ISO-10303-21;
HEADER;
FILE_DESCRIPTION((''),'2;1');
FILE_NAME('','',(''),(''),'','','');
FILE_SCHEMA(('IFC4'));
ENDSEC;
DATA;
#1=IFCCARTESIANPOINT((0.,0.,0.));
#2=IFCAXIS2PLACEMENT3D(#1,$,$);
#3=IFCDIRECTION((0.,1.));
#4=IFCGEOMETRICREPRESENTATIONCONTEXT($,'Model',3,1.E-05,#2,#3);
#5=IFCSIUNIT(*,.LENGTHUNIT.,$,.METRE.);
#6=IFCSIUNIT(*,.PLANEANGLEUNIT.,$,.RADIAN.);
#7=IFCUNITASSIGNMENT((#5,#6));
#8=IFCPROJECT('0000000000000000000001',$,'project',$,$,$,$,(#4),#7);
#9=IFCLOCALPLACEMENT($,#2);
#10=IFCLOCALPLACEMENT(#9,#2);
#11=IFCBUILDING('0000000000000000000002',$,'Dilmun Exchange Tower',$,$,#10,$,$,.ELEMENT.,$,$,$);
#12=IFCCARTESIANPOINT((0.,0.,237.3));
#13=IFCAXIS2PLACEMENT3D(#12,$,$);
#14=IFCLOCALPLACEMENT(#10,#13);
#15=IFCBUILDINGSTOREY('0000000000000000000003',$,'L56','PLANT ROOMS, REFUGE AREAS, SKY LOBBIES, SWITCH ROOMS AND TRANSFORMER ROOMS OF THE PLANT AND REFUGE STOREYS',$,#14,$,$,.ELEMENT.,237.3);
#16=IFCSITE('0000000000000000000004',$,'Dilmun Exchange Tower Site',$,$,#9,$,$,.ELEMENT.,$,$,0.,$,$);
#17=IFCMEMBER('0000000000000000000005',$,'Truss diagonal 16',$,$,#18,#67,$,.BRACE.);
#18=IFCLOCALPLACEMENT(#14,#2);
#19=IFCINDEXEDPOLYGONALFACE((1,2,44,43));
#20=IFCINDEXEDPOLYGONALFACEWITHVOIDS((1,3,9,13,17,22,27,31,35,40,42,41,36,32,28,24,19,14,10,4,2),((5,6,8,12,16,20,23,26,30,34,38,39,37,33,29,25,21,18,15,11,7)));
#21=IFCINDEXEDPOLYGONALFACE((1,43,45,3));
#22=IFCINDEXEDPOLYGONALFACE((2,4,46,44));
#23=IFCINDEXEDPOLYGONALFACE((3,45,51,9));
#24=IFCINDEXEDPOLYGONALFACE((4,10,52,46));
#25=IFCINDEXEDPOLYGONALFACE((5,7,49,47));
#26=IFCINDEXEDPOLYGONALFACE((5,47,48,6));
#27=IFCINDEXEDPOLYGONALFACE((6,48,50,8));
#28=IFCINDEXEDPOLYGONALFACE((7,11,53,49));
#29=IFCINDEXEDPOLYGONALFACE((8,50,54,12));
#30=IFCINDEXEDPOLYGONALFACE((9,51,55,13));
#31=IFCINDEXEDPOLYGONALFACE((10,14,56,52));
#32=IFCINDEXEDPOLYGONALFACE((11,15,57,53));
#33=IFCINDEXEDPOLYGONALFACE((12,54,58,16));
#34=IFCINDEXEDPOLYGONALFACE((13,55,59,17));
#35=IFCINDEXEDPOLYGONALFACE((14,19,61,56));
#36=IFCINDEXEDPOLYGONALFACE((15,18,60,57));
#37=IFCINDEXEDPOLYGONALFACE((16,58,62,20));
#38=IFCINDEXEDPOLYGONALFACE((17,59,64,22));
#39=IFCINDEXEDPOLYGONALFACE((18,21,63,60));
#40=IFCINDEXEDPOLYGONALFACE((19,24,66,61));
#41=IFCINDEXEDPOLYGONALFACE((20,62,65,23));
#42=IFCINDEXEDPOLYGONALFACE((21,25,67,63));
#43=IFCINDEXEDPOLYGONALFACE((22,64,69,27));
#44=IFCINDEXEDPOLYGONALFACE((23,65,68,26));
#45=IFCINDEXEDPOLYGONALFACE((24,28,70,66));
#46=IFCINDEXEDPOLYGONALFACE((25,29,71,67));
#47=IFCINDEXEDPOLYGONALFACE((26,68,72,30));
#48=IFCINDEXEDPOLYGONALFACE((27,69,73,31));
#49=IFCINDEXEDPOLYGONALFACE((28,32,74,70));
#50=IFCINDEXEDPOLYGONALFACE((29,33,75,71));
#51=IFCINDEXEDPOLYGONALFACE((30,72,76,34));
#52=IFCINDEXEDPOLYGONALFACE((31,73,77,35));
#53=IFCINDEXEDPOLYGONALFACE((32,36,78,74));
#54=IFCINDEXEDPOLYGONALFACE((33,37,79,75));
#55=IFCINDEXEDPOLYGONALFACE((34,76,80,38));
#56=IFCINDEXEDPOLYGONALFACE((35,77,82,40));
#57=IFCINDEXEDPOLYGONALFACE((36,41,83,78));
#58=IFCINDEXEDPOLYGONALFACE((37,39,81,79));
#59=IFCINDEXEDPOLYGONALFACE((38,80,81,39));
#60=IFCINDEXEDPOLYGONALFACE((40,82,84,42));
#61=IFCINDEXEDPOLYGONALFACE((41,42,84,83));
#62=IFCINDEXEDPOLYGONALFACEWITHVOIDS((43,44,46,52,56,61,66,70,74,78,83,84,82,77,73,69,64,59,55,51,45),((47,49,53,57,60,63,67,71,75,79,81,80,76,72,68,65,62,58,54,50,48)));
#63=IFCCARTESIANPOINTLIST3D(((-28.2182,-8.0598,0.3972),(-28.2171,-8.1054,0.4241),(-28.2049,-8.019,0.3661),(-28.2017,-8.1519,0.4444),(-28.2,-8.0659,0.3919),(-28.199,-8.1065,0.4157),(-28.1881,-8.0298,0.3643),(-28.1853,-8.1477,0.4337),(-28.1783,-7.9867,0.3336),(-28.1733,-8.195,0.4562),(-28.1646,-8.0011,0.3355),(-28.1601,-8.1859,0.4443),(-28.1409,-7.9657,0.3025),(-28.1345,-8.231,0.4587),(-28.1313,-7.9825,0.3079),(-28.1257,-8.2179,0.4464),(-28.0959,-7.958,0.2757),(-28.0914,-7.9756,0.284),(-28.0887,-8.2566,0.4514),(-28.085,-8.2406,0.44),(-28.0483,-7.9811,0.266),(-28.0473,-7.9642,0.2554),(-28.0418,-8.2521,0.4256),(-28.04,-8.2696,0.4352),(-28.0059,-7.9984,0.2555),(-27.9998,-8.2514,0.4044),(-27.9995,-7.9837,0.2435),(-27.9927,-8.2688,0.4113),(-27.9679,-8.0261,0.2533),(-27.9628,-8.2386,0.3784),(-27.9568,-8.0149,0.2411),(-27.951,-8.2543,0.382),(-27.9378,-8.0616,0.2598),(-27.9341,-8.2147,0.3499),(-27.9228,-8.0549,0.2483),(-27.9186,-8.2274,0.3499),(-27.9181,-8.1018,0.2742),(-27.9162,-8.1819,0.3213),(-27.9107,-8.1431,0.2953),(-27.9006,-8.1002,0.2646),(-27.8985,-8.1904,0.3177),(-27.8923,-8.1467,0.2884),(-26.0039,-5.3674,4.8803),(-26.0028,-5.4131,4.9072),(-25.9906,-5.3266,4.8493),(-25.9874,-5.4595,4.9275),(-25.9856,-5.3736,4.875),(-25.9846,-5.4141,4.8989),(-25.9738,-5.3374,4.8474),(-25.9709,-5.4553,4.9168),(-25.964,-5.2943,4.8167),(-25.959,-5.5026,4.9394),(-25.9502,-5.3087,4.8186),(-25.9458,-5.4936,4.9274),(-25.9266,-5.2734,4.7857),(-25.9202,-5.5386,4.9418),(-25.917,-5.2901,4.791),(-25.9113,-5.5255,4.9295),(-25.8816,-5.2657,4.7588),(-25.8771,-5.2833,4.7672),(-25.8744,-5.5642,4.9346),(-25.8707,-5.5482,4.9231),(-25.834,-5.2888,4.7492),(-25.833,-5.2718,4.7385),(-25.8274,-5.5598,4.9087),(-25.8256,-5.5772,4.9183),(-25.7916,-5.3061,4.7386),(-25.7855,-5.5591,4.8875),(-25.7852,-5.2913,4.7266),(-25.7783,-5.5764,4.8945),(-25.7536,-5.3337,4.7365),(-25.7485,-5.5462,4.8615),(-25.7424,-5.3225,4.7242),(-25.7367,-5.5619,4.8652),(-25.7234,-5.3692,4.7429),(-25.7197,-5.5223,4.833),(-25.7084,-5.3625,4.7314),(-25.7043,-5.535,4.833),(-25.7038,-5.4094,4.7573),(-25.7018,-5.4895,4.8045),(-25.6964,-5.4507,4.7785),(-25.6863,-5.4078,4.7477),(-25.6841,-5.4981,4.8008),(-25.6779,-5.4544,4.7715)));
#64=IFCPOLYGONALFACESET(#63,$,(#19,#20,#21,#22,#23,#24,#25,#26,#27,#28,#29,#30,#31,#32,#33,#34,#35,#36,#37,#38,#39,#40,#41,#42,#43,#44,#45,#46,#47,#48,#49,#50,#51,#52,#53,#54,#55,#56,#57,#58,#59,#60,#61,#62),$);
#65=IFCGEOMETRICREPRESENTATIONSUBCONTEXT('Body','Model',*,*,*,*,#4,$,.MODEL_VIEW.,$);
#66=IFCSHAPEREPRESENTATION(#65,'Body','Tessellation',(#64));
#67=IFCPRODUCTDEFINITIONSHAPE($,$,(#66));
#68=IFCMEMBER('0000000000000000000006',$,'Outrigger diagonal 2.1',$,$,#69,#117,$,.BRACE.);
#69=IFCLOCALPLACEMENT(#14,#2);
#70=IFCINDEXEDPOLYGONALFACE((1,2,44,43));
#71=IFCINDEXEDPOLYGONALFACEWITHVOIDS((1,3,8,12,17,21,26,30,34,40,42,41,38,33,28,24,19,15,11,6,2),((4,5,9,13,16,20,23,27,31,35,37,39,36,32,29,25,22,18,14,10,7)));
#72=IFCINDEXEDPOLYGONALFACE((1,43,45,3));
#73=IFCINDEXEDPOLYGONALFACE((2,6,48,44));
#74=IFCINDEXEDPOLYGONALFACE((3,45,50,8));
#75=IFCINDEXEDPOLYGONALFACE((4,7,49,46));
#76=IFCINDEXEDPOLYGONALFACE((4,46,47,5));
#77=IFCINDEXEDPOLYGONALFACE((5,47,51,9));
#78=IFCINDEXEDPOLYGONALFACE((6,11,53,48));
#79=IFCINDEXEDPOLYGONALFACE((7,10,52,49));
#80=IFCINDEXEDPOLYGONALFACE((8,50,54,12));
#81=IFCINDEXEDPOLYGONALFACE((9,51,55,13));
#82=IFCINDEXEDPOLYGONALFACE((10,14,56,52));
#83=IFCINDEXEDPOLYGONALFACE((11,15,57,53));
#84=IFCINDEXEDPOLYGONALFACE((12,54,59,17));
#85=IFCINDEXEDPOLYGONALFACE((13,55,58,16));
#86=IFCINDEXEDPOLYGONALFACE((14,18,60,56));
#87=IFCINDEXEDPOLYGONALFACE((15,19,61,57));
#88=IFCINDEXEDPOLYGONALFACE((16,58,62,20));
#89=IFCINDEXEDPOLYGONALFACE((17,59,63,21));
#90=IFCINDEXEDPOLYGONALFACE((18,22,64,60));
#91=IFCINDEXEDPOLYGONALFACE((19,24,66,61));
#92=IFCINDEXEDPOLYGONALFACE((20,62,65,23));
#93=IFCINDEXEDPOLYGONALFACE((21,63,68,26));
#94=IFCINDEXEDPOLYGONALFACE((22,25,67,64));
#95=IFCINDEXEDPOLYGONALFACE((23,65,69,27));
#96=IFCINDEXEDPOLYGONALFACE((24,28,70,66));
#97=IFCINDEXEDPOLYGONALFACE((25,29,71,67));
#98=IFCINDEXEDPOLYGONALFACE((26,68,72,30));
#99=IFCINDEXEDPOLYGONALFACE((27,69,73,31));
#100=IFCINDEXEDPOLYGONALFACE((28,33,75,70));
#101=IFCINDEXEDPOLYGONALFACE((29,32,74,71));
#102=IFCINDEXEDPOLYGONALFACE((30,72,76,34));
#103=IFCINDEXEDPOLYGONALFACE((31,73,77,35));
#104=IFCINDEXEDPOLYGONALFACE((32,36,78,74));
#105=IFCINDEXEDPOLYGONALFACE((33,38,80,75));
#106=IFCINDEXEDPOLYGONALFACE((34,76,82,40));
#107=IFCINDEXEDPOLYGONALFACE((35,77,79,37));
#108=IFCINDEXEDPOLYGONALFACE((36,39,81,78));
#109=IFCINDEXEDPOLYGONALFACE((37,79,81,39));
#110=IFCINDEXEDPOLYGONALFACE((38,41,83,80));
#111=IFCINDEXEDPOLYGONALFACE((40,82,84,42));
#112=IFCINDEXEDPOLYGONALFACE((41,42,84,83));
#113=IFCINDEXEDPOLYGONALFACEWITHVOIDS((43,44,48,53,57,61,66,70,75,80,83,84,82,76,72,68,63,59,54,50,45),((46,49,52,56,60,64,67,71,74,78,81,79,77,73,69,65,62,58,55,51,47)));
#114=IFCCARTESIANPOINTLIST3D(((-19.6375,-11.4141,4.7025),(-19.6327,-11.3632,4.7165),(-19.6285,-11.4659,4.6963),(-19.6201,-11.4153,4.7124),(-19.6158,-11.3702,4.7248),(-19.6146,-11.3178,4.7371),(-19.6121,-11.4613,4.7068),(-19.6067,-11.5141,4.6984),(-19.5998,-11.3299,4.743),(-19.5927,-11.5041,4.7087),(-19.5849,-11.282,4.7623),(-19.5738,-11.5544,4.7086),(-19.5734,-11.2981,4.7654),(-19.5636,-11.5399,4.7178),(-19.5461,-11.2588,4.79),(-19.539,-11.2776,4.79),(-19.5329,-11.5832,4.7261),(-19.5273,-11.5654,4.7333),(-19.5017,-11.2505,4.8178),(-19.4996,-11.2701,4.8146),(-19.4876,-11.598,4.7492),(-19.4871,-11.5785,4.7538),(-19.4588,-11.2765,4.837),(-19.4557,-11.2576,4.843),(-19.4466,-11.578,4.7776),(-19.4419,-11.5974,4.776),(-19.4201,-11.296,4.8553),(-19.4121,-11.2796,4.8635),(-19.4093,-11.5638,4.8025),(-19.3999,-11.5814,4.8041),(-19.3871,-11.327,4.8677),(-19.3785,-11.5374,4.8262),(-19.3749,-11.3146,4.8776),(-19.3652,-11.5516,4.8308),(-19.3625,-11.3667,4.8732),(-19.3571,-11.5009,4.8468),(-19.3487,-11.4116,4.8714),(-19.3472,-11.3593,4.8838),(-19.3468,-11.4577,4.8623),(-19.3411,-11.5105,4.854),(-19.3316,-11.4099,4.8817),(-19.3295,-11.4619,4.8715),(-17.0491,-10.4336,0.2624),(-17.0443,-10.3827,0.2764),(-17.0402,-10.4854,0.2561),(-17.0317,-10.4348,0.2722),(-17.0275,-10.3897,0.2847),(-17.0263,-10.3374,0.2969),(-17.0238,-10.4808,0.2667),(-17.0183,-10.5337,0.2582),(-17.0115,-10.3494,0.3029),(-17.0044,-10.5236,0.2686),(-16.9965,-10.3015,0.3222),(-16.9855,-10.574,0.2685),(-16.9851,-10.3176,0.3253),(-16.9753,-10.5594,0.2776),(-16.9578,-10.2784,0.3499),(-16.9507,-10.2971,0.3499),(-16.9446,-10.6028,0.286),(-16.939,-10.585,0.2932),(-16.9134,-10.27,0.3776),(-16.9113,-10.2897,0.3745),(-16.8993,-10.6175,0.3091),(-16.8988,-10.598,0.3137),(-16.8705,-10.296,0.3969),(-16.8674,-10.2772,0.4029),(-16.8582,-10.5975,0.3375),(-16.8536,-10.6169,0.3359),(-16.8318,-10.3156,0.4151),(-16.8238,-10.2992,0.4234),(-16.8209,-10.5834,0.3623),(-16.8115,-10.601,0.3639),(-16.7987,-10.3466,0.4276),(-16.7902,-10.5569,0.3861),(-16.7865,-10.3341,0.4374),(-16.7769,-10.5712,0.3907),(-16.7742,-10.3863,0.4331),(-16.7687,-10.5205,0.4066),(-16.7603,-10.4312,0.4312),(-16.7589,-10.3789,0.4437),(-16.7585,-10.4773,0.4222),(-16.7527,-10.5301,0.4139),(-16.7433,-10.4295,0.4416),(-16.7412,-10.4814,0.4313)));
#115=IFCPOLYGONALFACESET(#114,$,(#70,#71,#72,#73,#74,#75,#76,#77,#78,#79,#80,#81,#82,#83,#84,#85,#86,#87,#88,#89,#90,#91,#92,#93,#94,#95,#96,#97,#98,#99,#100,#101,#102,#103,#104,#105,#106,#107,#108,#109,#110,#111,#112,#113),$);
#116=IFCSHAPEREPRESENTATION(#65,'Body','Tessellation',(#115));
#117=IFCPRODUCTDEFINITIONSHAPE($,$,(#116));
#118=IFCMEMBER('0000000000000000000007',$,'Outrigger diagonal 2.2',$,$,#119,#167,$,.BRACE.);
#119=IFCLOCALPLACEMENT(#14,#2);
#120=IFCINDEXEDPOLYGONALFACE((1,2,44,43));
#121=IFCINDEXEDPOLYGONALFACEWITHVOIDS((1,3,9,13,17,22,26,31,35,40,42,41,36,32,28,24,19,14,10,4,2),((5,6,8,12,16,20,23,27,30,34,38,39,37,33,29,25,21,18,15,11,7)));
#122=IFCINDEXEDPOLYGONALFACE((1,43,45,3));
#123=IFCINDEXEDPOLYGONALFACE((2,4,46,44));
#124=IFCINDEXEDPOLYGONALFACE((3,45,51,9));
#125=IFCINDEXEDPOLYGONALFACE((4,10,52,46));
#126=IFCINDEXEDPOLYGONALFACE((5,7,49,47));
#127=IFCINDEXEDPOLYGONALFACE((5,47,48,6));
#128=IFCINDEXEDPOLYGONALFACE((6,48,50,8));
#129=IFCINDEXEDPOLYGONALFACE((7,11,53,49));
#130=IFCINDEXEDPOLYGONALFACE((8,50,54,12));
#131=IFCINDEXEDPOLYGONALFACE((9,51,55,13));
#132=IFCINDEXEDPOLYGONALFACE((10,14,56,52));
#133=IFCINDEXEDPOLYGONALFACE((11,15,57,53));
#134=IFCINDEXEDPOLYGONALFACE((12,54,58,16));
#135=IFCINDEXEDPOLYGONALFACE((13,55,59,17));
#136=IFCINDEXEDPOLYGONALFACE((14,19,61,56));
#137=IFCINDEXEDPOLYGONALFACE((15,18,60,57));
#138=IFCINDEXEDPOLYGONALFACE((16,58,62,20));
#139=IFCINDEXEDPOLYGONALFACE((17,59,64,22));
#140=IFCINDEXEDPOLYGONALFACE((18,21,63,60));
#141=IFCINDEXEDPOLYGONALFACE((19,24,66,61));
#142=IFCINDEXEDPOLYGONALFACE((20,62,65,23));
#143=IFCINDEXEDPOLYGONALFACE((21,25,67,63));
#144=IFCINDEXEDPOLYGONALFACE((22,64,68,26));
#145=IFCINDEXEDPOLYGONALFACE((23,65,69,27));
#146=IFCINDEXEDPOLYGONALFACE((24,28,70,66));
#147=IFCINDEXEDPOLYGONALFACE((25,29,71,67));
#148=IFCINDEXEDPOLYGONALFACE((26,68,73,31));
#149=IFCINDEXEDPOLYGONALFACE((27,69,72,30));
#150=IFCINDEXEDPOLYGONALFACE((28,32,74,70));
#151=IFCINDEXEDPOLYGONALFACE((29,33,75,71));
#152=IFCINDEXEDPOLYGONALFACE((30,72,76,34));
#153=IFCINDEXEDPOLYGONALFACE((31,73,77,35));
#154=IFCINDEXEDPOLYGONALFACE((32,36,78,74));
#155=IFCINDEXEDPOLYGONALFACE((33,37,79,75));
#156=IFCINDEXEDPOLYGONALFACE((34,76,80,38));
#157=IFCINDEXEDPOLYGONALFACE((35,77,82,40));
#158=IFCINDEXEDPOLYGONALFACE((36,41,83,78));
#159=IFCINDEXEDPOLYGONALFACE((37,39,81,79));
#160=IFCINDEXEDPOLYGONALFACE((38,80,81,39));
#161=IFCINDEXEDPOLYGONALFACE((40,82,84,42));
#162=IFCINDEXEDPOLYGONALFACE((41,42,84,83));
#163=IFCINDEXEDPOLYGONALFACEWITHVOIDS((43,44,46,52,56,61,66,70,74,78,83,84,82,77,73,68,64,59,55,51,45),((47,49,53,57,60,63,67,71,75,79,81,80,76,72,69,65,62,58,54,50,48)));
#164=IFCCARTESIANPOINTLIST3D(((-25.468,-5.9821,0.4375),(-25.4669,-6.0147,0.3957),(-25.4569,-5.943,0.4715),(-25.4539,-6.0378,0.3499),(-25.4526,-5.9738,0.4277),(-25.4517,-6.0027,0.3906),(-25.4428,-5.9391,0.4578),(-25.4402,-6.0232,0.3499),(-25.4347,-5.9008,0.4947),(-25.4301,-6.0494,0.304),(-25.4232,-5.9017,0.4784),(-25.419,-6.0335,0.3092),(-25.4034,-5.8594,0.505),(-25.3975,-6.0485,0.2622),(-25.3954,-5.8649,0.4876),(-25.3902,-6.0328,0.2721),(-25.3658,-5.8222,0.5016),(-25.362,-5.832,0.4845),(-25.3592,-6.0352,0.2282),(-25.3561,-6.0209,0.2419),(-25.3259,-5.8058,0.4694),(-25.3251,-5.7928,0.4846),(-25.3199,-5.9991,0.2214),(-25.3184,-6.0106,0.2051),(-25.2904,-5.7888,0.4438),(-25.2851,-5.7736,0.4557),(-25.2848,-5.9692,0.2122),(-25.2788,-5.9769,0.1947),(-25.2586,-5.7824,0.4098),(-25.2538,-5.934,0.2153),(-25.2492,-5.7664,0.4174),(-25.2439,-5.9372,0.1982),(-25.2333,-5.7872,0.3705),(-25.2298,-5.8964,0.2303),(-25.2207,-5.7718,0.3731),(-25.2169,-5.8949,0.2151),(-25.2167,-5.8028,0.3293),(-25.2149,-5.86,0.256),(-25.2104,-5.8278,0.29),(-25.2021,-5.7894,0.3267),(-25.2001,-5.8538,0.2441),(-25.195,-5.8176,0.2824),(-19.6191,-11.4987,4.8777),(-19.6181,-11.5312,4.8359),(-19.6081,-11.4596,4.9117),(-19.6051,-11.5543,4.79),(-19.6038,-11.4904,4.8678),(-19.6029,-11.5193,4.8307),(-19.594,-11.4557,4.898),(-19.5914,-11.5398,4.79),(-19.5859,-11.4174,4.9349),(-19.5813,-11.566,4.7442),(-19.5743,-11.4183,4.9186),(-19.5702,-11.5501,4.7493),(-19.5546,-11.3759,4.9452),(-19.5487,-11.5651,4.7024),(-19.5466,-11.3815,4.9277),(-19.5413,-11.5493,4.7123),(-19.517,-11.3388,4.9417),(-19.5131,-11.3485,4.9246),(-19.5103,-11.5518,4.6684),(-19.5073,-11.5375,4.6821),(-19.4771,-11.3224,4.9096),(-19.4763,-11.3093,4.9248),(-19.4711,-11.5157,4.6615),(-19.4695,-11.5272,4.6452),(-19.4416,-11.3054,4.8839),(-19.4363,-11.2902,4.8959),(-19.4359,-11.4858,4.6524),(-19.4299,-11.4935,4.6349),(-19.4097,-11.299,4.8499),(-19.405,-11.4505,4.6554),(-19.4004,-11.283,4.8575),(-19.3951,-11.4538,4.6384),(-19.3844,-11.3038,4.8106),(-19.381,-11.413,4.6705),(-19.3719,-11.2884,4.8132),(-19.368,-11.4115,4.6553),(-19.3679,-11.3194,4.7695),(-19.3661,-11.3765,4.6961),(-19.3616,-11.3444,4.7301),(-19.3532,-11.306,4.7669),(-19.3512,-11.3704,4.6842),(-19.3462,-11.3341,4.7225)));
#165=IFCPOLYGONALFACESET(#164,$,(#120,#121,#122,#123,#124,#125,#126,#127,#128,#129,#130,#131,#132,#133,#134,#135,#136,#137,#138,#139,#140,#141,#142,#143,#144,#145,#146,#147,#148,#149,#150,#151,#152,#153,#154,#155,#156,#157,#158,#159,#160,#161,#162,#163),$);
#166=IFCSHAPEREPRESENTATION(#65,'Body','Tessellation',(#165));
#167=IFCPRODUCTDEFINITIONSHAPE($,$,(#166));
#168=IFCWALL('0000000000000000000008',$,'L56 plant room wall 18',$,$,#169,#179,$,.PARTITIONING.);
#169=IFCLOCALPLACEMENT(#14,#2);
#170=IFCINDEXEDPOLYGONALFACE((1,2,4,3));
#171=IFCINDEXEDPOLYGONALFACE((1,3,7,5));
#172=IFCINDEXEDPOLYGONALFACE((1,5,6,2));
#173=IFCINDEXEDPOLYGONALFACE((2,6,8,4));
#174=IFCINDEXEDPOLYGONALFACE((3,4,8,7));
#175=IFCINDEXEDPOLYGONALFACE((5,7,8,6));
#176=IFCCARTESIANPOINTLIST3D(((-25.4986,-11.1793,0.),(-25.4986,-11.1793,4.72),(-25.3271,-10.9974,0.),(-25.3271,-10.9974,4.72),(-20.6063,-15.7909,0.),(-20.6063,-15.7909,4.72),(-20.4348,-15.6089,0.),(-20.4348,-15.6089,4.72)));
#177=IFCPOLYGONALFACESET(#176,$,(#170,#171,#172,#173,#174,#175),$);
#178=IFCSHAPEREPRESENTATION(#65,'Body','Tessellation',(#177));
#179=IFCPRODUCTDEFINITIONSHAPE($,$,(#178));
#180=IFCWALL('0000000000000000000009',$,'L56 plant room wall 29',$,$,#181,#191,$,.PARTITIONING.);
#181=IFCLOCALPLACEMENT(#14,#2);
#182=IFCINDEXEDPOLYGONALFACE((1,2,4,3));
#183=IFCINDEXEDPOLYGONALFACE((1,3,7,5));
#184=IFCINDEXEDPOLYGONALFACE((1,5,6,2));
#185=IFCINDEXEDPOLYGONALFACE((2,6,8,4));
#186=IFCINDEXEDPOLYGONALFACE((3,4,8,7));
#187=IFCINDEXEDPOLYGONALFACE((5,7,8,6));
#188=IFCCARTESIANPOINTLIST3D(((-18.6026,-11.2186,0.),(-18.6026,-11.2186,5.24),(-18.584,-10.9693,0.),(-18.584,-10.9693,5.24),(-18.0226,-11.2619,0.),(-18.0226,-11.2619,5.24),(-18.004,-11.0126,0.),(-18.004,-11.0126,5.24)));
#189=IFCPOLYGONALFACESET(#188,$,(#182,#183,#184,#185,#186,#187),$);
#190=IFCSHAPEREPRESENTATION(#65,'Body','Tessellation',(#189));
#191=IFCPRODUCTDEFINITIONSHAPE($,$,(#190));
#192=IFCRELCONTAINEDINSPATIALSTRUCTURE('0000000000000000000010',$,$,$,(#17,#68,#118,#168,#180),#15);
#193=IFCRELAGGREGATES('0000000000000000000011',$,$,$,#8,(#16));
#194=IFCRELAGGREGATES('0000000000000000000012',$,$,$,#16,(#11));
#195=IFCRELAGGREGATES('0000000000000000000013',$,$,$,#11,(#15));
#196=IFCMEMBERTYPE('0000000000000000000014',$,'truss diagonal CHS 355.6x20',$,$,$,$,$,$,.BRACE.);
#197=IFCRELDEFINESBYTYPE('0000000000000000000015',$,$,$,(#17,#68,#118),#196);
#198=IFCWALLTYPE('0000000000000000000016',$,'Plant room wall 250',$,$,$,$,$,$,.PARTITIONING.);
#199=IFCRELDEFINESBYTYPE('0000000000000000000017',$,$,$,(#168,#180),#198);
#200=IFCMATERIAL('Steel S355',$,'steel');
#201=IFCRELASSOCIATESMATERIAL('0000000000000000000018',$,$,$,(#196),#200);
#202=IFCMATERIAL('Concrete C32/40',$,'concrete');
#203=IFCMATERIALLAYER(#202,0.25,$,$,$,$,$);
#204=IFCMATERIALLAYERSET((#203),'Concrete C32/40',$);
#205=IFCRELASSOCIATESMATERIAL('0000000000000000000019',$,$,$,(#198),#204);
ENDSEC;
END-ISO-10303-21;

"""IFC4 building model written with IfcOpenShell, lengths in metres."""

from ifc_helpers import new_model, si_unit, direction, frame, frame_2d, origin, origin_2d, place, context, subcontext, project, spatial, rectangle, hollow_circle, extrude, material, layer, layer_set, material_profile, profile_set, type_object, element, save


model = new_model("IFC4")

# Units and contexts
model_context = context("Model", 3, precision=1e-05, world=origin(), true_north=direction((0.0, 1.0)))
body_context = subcontext(model_context, "Body", "Model", "MODEL_VIEW")
ifc_project = project(units=[si_unit("LENGTHUNIT", "METRE"), si_unit("PLANEANGLEUNIT", "RADIAN")], contexts=[model_context])

# Site, building, storey
site_placement = place(None, origin())
site = spatial("IfcSite", under=ifc_project, at=site_placement, Name="Dilmun Exchange Tower Site", CompositionType="ELEMENT", RefElevation=0.0)
building_placement = place(site_placement, origin())
building = spatial("IfcBuilding", under=site, at=building_placement, Name="Dilmun Exchange Tower", CompositionType="ELEMENT")
storey_placement = place(building_placement, frame((0.0, 0.0, 237.3)))
storey = spatial("IfcBuildingStorey", under=building, at=storey_placement, Name="L56", Description="PLANT ROOMS, REFUGE AREAS, SKY LOBBIES, SWITCH ROOMS AND TRANSFORMER ROOMS OF THE PLANT AND REFUGE STOREYS", CompositionType="ELEMENT", Elevation=237.3)

# Shared definitions
ifc_material_1 = material(Name="Steel S355", Category="steel")

# Members
ifc_material_profile_1 = material_profile(ifc_material_1, hollow_circle(Radius=0.1777, WallThickness=0.02, at=origin_2d()), Name="CHS 355.6x20")
ifc_profile_set_1 = profile_set([ifc_material_profile_1], Name="Steel S355")
member_type_1 = type_object("IfcMemberType", Name="truss diagonal CHS 355.6x20", PredefinedType="BRACE", material=ifc_profile_set_1)
member_1_placement = place(storey_placement, frame((-25.8416, -5.4221, 4.833), z_axis=(-0.38992, -0.474095, -0.789428), x_axis=(0.772338, -0.635211, 0.0)))
element("IfcMember", 1, at=member_1_placement, inside=storey, type_object=member_type_1, Name="Truss diagonal 16", PredefinedType="BRACE", context=body_context, shape_type="SweptSolid", body=[
    extrude(hollow_circle(Radius=0.1777, WallThickness=0.02, at=origin_2d()), origin(), (0.0, 0.0, 1.0), 5.679),
])
member_2_placement = place(storey_placement, frame((-19.4832, -11.425, 4.79), z_axis=(0.494699, 0.18739, -0.848621), x_axis=(-0.354234, 0.935157, 0.0)))
element("IfcMember", 2, at=member_2_placement, inside=storey, type_object=member_type_1, Name="Outrigger diagonal 2.1", PredefinedType="BRACE", context=body_context, shape_type="SweptSolid", body=[
    extrude(hollow_circle(Radius=0.1777, WallThickness=0.02, at=origin_2d()), origin(), (0.0, 0.0, 1.0), 5.2322),
])
member_3_placement = place(storey_placement, frame((-19.4832, -11.425, 4.79), z_axis=(-0.636811, 0.600634, -0.483436), x_axis=(-0.686141, -0.727469, 0.0)))
element("IfcMember", 3, at=member_3_placement, inside=storey, type_object=member_type_1, Name="Outrigger diagonal 2.2", PredefinedType="BRACE", context=body_context, shape_type="SweptSolid", body=[
    extrude(hollow_circle(Radius=0.1777, WallThickness=0.02, at=origin_2d()), origin(), (0.0, 0.0, 1.0), 9.1846),
])

# Walls
ifc_material_2 = material(Name="Concrete C32/40", Category="concrete")
ifc_layer_1 = layer(ifc_material_2, 0.25)
ifc_layer_set_1 = layer_set([ifc_layer_1], Name="Concrete C32/40")
wall_type = type_object("IfcWallType", Name="Plant room wall 250", PredefinedType="PARTITIONING", material=ifc_layer_set_1)
wall_1_placement = place(storey_placement, frame((-25.4128, -11.0884, 0.0), z_axis=(0.0, 0.0, 1.0), x_axis=(0.727678, -0.685918, 0.0)))
element("IfcWall", 4, at=wall_1_placement, inside=storey, type_object=wall_type, Name="L56 plant room wall 18", PredefinedType="PARTITIONING", context=body_context, shape_type="SweptSolid", body=[
    extrude(rectangle(XDim=6.7231, YDim=0.25, at=frame_2d((3.3616, 0.0))), origin(), (0.0, 0.0, 1.0), 4.72),
])
wall_2_placement = place(storey_placement, frame((-18.5933, -11.094, 0.0), z_axis=(0.0, 0.0, 1.0), x_axis=(0.997234, -0.07432, 0.0)))
element("IfcWall", 5, at=wall_2_placement, inside=storey, type_object=wall_type, Name="L56 plant room wall 29", PredefinedType="PARTITIONING", context=body_context, shape_type="SweptSolid", body=[
    extrude(rectangle(XDim=0.5815, YDim=0.25, at=frame_2d((0.2908, 0.0))), origin(), (0.0, 0.0, 1.0), 5.24),
])

save(model, "model.ifc")
